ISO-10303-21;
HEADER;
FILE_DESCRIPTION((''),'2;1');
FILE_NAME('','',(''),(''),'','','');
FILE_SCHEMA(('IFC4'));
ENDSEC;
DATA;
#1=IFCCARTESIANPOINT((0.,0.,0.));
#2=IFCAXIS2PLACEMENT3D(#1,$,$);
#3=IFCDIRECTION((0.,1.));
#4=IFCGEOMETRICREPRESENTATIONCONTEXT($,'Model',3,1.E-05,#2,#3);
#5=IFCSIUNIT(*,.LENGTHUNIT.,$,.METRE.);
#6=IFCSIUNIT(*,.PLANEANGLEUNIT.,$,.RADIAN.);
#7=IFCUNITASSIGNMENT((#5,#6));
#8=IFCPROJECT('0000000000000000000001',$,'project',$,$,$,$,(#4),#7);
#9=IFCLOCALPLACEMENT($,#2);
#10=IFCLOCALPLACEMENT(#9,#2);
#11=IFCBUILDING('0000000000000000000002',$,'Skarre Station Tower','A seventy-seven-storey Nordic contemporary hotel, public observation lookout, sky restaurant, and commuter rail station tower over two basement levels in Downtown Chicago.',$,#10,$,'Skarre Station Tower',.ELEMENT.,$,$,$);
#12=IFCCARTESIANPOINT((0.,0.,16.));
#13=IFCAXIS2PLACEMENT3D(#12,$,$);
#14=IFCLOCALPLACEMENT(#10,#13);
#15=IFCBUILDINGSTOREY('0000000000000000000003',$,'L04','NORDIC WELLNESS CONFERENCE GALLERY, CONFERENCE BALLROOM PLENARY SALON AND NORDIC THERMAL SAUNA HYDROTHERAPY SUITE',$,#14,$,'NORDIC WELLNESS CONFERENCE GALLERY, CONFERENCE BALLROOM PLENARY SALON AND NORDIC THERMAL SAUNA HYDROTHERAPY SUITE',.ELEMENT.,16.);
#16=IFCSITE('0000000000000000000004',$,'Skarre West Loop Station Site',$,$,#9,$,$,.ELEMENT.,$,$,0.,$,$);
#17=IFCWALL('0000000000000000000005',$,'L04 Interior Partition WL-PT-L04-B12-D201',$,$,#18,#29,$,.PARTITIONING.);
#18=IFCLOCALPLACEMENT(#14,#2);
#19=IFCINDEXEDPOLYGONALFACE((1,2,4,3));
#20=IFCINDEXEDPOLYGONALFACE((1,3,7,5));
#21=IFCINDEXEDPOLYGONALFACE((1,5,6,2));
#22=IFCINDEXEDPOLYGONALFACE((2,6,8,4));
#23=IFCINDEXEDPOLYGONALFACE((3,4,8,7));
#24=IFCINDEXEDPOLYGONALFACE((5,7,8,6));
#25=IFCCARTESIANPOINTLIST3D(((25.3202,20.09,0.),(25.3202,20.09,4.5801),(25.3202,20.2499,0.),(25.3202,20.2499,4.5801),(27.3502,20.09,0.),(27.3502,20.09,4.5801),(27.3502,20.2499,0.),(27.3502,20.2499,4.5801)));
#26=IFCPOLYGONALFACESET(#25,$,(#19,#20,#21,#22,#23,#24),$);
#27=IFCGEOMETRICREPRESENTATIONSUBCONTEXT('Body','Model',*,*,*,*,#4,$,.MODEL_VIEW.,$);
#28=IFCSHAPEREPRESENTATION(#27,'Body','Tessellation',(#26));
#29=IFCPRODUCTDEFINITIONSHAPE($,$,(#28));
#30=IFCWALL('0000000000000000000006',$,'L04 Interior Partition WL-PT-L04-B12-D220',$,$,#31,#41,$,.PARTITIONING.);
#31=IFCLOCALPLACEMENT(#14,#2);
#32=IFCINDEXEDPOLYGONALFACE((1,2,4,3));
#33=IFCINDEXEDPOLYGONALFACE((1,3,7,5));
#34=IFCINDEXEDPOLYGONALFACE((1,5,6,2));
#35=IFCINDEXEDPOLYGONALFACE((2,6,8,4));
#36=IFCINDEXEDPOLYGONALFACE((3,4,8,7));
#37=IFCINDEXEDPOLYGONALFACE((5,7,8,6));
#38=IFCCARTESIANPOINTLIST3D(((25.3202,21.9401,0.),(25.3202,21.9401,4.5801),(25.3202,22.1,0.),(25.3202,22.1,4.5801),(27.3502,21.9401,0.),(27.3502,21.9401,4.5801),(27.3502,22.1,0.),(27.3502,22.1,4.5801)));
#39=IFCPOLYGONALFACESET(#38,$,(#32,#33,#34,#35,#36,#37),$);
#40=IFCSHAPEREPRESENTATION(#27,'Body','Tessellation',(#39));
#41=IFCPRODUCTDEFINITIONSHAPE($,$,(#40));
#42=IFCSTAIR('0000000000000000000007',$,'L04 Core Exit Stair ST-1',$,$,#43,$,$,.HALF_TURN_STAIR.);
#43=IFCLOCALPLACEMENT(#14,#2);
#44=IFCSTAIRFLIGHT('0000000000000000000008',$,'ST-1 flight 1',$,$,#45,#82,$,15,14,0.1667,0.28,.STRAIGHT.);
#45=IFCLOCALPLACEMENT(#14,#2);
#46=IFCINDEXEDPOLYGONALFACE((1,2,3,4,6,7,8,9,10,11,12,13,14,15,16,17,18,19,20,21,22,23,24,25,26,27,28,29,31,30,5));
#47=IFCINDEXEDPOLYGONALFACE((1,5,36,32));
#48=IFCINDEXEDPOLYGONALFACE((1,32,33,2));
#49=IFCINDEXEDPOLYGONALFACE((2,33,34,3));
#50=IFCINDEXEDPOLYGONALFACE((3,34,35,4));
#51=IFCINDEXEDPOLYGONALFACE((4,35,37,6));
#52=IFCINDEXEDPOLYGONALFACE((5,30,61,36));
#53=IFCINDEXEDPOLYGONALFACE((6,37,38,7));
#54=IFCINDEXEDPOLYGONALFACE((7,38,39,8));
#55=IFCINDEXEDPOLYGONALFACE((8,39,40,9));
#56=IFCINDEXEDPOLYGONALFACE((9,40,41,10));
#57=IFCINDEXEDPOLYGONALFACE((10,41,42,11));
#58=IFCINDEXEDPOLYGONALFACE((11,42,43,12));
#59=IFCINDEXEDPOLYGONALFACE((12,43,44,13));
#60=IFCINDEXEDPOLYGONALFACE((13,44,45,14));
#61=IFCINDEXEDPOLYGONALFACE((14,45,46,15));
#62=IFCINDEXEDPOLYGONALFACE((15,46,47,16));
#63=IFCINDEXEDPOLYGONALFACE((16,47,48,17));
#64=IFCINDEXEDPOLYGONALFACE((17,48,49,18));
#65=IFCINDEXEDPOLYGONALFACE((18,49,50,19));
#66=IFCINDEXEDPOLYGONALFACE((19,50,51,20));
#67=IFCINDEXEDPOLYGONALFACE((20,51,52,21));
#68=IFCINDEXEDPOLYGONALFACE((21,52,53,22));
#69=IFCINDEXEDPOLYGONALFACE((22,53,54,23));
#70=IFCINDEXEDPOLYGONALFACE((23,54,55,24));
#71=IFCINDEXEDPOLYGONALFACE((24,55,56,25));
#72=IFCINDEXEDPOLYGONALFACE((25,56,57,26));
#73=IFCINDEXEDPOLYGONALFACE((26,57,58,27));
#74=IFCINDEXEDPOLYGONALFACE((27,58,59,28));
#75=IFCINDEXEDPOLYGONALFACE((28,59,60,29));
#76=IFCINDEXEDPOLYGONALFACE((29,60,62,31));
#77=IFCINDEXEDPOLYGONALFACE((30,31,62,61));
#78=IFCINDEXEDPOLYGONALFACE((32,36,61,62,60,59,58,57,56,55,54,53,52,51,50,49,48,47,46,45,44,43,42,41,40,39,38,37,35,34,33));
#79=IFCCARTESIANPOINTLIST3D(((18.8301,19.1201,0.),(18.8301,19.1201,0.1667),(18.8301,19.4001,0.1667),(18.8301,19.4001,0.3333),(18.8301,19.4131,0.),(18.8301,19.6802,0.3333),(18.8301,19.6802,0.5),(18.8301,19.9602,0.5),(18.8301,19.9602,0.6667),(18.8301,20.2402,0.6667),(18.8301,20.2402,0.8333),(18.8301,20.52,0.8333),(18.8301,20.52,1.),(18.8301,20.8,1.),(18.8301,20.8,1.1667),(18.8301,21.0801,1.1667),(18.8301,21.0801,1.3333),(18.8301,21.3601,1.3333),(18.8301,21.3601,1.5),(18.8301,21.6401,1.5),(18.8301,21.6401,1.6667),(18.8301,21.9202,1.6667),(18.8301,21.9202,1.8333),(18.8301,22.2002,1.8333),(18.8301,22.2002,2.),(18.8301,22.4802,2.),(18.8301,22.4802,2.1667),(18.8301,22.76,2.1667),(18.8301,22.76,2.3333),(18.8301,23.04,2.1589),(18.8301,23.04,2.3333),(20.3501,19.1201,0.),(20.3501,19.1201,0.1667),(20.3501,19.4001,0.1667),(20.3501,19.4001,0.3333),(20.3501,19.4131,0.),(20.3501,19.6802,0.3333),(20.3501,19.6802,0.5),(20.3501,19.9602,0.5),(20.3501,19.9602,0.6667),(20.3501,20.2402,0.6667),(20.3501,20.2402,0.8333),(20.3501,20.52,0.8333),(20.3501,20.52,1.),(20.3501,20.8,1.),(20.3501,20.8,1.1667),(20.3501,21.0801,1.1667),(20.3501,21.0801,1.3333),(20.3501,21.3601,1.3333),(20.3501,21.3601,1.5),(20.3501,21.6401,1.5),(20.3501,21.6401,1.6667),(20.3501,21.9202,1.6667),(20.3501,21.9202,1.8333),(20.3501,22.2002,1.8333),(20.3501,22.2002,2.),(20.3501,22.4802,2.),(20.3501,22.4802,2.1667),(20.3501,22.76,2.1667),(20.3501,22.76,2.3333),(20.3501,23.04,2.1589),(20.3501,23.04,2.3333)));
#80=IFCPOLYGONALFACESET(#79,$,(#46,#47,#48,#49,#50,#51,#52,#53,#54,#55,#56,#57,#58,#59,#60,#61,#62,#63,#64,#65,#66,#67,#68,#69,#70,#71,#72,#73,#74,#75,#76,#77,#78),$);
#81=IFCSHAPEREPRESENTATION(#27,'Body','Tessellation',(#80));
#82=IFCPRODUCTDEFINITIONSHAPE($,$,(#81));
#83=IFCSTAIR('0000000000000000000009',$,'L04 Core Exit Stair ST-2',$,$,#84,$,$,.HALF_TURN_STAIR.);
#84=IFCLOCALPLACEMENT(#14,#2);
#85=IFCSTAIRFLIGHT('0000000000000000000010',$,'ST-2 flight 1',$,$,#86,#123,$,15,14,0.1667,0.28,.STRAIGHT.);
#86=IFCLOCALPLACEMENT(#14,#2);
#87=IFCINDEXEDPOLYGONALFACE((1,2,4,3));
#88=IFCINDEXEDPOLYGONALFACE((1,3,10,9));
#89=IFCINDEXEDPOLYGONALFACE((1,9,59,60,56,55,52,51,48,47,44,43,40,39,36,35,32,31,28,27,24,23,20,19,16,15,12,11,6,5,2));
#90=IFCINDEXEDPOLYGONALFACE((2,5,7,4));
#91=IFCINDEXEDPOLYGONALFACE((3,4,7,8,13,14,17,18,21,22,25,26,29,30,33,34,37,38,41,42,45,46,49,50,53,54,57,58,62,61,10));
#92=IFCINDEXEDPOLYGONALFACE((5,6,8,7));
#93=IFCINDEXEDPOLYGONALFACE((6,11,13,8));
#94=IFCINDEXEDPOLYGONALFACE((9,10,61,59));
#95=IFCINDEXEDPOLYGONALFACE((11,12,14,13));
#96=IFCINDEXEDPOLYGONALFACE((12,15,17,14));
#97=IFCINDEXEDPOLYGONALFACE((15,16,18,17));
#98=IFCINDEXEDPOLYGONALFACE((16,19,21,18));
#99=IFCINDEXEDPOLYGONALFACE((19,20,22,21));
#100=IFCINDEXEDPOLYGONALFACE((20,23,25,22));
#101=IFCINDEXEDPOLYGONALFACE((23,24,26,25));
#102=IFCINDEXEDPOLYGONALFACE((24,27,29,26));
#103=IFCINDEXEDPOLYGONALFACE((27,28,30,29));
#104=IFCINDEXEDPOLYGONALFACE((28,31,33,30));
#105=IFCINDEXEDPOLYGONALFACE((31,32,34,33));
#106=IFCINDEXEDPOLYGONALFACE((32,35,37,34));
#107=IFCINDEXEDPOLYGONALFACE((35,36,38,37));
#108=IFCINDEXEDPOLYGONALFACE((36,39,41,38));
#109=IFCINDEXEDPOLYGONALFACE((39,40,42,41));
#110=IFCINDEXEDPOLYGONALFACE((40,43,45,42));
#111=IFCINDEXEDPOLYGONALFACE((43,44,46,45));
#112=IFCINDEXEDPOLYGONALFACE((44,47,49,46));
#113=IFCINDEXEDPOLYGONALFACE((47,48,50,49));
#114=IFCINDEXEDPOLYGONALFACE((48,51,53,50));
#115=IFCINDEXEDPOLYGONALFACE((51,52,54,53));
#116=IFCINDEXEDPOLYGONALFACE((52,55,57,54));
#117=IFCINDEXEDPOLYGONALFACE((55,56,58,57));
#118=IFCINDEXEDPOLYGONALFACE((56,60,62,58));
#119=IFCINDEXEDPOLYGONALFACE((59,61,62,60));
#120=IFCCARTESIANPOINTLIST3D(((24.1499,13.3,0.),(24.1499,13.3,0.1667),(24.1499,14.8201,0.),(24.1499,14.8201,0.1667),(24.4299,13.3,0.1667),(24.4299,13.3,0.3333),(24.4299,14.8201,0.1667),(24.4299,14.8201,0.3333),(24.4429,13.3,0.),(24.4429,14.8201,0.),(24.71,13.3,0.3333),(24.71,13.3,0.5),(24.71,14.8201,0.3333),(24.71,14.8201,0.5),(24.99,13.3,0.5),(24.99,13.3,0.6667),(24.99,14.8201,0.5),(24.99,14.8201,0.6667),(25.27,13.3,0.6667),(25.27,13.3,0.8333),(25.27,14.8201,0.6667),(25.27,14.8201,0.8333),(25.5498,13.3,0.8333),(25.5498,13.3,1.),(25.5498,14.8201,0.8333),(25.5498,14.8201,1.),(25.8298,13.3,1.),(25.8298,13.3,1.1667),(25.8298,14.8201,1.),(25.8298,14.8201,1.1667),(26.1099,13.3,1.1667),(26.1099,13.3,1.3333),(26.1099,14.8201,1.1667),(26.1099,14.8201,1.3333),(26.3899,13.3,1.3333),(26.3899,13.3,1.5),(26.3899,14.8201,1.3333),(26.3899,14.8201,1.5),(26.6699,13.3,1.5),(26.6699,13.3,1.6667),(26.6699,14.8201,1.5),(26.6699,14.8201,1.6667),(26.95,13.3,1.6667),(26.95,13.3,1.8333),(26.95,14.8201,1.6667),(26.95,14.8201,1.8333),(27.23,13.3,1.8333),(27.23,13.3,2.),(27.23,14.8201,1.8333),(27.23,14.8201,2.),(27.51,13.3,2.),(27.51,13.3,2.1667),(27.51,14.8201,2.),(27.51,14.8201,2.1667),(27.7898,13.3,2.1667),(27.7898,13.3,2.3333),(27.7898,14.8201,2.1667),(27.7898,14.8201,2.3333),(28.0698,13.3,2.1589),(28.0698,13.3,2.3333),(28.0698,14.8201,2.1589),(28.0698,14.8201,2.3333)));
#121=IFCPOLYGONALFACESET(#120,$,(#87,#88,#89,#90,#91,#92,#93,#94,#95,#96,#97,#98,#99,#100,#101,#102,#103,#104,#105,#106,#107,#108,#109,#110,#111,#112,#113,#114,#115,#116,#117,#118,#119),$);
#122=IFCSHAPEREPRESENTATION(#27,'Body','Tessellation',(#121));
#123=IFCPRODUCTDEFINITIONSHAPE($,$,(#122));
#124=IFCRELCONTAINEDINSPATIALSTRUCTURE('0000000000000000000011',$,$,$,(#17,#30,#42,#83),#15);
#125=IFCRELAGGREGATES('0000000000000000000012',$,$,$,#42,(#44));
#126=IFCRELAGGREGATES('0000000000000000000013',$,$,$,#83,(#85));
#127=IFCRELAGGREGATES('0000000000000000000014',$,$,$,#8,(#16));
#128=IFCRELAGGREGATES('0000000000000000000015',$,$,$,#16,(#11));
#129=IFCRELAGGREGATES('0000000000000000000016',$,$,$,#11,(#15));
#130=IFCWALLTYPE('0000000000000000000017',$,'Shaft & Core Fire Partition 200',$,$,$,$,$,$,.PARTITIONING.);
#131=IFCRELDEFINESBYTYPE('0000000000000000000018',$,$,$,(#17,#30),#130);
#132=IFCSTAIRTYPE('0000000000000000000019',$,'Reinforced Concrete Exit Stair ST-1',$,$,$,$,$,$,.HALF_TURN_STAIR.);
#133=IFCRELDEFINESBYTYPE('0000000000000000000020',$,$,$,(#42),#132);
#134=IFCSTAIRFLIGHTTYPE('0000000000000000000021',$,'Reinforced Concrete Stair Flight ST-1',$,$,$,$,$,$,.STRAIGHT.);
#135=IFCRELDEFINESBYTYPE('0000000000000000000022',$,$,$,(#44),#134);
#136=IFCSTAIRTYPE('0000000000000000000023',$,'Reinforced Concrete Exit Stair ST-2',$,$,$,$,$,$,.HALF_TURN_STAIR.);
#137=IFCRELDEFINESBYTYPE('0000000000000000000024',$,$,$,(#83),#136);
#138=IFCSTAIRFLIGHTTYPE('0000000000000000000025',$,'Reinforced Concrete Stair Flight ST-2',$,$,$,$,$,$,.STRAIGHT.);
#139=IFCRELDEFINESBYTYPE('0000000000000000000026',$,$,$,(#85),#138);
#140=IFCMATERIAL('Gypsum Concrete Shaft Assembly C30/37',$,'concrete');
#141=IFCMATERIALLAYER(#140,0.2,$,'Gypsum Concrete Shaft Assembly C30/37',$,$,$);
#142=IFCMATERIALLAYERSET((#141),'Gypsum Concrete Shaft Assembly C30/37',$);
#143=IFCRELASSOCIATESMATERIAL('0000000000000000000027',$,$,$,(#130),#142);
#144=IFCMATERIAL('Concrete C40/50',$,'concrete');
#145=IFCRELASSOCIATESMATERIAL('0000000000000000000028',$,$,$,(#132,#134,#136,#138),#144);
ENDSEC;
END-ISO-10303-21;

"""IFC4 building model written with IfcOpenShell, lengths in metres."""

from ifc_helpers import new_model, si_unit, direction, frame, frame_2d, origin, place, context, subcontext, project, spatial, polyline, rectangle, outline, extrude, material, layer, layer_set, type_object, element, aggregate, save


model = new_model("IFC4")

# Units and contexts
model_context = context("Model", 3, precision=1e-05, world=origin(), true_north=direction((0.0, 1.0)))
body_context = subcontext(model_context, "Body", "Model", "MODEL_VIEW")
ifc_project = project(units=[si_unit("LENGTHUNIT", "METRE"), si_unit("PLANEANGLEUNIT", "RADIAN")], contexts=[model_context])

# Site, building, storey
site_placement = place(None, origin())
site = spatial("IfcSite", under=ifc_project, at=site_placement, Name="Skarre West Loop Station Site", CompositionType="ELEMENT", RefElevation=0.0)
building_placement = place(site_placement, origin())
building = spatial("IfcBuilding", under=site, at=building_placement, Name="Skarre Station Tower", Description="A seventy-seven-storey Nordic contemporary hotel, public observation lookout, sky restaurant, and commuter rail station tower over two basement levels in Downtown Chicago.", LongName="Skarre Station Tower", CompositionType="ELEMENT")
storey_placement = place(building_placement, frame((0.0, 0.0, 16.0)))
storey = spatial("IfcBuildingStorey", under=building, at=storey_placement, Name="L04", Description="NORDIC WELLNESS CONFERENCE GALLERY, CONFERENCE BALLROOM PLENARY SALON AND NORDIC THERMAL SAUNA HYDROTHERAPY SUITE", LongName="NORDIC WELLNESS CONFERENCE GALLERY, CONFERENCE BALLROOM PLENARY SALON AND NORDIC THERMAL SAUNA HYDROTHERAPY SUITE", CompositionType="ELEMENT", Elevation=16.0)

# Walls
ifc_material_1 = material(Name="Gypsum Concrete Shaft Assembly C30/37", Category="concrete")
ifc_layer_1 = layer(ifc_material_1, 0.2, Name="Gypsum Concrete Shaft Assembly C30/37")
ifc_layer_set_1 = layer_set([ifc_layer_1], Name="Gypsum Concrete Shaft Assembly C30/37")
wall_type_1 = type_object("IfcWallType", Name="Shaft & Core Fire Partition 200", PredefinedType="PARTITIONING", material=ifc_layer_set_1)
for number, where, z_axis, x_axis, name in (
    (1, (25.3201, 20.1699, 0.0), (0.0, 0.0, 1.0), (1.0, 0.0, 0.0), "L04 Interior Partition WL-PT-L04-B12-D201"),
    (2, (25.3201, 22.02, 0.0), (0.0, 0.0, 1.0), (1.0, 0.0, 0.0), "L04 Interior Partition WL-PT-L04-B12-D220"),
):
    element("IfcWall", number, at=place(storey_placement, frame(where, z_axis=z_axis, x_axis=x_axis)), inside=storey, type_object=wall_type_1, Name=name, PredefinedType="PARTITIONING", context=body_context, shape_type="SweptSolid", body=[
        extrude(rectangle(XDim=2.03, YDim=0.1599, at=frame_2d((1.0151, 0.0))), origin(), (0.0, 0.0, 1.0), 4.5801),
    ])

# Stairs, stair flights
ifc_material_2 = material(Name="Concrete C40/50", Category="concrete")
stair_type_1 = type_object("IfcStairType", Name="Reinforced Concrete Exit Stair ST-1", PredefinedType="HALF_TURN_STAIR", material=ifc_material_2)
stair_1_placement = place(storey_placement, origin())
stair_1 = element("IfcStair", 3, at=stair_1_placement, inside=storey, type_object=stair_type_1, Name="L04 Core Exit Stair ST-1", PredefinedType="HALF_TURN_STAIR")
stair_flight_type_1 = type_object("IfcStairFlightType", Name="Reinforced Concrete Stair Flight ST-1", PredefinedType="STRAIGHT", material=ifc_material_2)
stair_flight_1_placement = place(storey_placement, frame((19.5901, 19.1201, 0.0), z_axis=(0.0, 0.0, 1.0), x_axis=(0.0, 1.0, 0.0)))
stair_flight_1 = element("IfcStairFlight", 4, at=stair_flight_1_placement, type_object=stair_flight_type_1, Name="ST-1 flight 1", NumberOfRisers=15, NumberOfTreads=14, PredefinedType="STRAIGHT", RiserHeight=0.1667, TreadLength=0.28, context=body_context, shape_type="SweptSolid", body=[
    extrude(outline(polyline([(0.0, 0.0), (0.0, 0.1667), (0.28, 0.1667), (0.28, 0.3333), (0.5601, 0.3333), (0.5601, 0.5), (0.8401, 0.5), (0.8401, 0.6667), (1.1201, 0.6667), (1.1201, 0.8333), (1.3999, 0.8333), (1.3999, 1.0), (1.6799, 1.0), (1.6799, 1.1667), (1.96, 1.1667), (1.96, 1.3333), (2.24, 1.3333), (2.24, 1.5), (2.52, 1.5), (2.52, 1.6667), (2.8, 1.6667), (2.8, 1.8333), (3.0801, 1.8333), (3.0801, 2.0), (3.3601, 2.0), (3.3601, 2.1667), (3.6399, 2.1667), (3.6399, 2.3333), (3.9199, 2.3333), (3.9199, 2.5), (3.9199, 2.1589), (0.293, 0.0), (0.0, 0.0)])), frame((0.0, 0.76, 0.0), z_axis=(0.0, -1.0, 0.0), x_axis=(1.0, 0.0, 0.0)), (0.0, 0.0, 1.0), 1.52),
])
aggregate(stair_1, [stair_flight_1])
stair_type_2 = type_object("IfcStairType", Name="Reinforced Concrete Exit Stair ST-2", PredefinedType="HALF_TURN_STAIR", material=ifc_material_2)
stair_2_placement = place(storey_placement, origin())
stair_2 = element("IfcStair", 5, at=stair_2_placement, inside=storey, type_object=stair_type_2, Name="L04 Core Exit Stair ST-2", PredefinedType="HALF_TURN_STAIR")
stair_flight_type_2 = type_object("IfcStairFlightType", Name="Reinforced Concrete Stair Flight ST-2", PredefinedType="STRAIGHT", material=ifc_material_2)
stair_flight_2_placement = place(storey_placement, frame((24.1499, 14.0601, 0.0), z_axis=(0.0, 0.0, 1.0), x_axis=(1.0, 0.0, 0.0)))
stair_flight_2 = element("IfcStairFlight", 6, at=stair_flight_2_placement, type_object=stair_flight_type_2, Name="ST-2 flight 1", NumberOfRisers=15, NumberOfTreads=14, PredefinedType="STRAIGHT", RiserHeight=0.1667, TreadLength=0.28, context=body_context, shape_type="SweptSolid", body=[
    extrude(outline(polyline([(0.0, 0.0), (0.0, 0.1667), (0.28, 0.1667), (0.28, 0.3333), (0.5601, 0.3333), (0.5601, 0.5), (0.8401, 0.5), (0.8401, 0.6667), (1.1201, 0.6667), (1.1201, 0.8333), (1.3999, 0.8333), (1.3999, 1.0), (1.6799, 1.0), (1.6799, 1.1667), (1.96, 1.1667), (1.96, 1.3333), (2.24, 1.3333), (2.24, 1.5), (2.52, 1.5), (2.52, 1.6667), (2.8, 1.6667), (2.8, 1.8333), (3.0801, 1.8333), (3.0801, 2.0), (3.3601, 2.0), (3.3601, 2.1667), (3.6399, 2.1667), (3.6399, 2.3333), (3.9199, 2.3333), (3.9199, 2.5), (3.9199, 2.1589), (0.293, 0.0), (0.0, 0.0)])), frame((0.0, 0.76, 0.0), z_axis=(0.0, -1.0, 0.0), x_axis=(1.0, 0.0, 0.0)), (0.0, 0.0, 1.0), 1.52),
])
aggregate(stair_2, [stair_flight_2])

save(model, "model.ifc")
